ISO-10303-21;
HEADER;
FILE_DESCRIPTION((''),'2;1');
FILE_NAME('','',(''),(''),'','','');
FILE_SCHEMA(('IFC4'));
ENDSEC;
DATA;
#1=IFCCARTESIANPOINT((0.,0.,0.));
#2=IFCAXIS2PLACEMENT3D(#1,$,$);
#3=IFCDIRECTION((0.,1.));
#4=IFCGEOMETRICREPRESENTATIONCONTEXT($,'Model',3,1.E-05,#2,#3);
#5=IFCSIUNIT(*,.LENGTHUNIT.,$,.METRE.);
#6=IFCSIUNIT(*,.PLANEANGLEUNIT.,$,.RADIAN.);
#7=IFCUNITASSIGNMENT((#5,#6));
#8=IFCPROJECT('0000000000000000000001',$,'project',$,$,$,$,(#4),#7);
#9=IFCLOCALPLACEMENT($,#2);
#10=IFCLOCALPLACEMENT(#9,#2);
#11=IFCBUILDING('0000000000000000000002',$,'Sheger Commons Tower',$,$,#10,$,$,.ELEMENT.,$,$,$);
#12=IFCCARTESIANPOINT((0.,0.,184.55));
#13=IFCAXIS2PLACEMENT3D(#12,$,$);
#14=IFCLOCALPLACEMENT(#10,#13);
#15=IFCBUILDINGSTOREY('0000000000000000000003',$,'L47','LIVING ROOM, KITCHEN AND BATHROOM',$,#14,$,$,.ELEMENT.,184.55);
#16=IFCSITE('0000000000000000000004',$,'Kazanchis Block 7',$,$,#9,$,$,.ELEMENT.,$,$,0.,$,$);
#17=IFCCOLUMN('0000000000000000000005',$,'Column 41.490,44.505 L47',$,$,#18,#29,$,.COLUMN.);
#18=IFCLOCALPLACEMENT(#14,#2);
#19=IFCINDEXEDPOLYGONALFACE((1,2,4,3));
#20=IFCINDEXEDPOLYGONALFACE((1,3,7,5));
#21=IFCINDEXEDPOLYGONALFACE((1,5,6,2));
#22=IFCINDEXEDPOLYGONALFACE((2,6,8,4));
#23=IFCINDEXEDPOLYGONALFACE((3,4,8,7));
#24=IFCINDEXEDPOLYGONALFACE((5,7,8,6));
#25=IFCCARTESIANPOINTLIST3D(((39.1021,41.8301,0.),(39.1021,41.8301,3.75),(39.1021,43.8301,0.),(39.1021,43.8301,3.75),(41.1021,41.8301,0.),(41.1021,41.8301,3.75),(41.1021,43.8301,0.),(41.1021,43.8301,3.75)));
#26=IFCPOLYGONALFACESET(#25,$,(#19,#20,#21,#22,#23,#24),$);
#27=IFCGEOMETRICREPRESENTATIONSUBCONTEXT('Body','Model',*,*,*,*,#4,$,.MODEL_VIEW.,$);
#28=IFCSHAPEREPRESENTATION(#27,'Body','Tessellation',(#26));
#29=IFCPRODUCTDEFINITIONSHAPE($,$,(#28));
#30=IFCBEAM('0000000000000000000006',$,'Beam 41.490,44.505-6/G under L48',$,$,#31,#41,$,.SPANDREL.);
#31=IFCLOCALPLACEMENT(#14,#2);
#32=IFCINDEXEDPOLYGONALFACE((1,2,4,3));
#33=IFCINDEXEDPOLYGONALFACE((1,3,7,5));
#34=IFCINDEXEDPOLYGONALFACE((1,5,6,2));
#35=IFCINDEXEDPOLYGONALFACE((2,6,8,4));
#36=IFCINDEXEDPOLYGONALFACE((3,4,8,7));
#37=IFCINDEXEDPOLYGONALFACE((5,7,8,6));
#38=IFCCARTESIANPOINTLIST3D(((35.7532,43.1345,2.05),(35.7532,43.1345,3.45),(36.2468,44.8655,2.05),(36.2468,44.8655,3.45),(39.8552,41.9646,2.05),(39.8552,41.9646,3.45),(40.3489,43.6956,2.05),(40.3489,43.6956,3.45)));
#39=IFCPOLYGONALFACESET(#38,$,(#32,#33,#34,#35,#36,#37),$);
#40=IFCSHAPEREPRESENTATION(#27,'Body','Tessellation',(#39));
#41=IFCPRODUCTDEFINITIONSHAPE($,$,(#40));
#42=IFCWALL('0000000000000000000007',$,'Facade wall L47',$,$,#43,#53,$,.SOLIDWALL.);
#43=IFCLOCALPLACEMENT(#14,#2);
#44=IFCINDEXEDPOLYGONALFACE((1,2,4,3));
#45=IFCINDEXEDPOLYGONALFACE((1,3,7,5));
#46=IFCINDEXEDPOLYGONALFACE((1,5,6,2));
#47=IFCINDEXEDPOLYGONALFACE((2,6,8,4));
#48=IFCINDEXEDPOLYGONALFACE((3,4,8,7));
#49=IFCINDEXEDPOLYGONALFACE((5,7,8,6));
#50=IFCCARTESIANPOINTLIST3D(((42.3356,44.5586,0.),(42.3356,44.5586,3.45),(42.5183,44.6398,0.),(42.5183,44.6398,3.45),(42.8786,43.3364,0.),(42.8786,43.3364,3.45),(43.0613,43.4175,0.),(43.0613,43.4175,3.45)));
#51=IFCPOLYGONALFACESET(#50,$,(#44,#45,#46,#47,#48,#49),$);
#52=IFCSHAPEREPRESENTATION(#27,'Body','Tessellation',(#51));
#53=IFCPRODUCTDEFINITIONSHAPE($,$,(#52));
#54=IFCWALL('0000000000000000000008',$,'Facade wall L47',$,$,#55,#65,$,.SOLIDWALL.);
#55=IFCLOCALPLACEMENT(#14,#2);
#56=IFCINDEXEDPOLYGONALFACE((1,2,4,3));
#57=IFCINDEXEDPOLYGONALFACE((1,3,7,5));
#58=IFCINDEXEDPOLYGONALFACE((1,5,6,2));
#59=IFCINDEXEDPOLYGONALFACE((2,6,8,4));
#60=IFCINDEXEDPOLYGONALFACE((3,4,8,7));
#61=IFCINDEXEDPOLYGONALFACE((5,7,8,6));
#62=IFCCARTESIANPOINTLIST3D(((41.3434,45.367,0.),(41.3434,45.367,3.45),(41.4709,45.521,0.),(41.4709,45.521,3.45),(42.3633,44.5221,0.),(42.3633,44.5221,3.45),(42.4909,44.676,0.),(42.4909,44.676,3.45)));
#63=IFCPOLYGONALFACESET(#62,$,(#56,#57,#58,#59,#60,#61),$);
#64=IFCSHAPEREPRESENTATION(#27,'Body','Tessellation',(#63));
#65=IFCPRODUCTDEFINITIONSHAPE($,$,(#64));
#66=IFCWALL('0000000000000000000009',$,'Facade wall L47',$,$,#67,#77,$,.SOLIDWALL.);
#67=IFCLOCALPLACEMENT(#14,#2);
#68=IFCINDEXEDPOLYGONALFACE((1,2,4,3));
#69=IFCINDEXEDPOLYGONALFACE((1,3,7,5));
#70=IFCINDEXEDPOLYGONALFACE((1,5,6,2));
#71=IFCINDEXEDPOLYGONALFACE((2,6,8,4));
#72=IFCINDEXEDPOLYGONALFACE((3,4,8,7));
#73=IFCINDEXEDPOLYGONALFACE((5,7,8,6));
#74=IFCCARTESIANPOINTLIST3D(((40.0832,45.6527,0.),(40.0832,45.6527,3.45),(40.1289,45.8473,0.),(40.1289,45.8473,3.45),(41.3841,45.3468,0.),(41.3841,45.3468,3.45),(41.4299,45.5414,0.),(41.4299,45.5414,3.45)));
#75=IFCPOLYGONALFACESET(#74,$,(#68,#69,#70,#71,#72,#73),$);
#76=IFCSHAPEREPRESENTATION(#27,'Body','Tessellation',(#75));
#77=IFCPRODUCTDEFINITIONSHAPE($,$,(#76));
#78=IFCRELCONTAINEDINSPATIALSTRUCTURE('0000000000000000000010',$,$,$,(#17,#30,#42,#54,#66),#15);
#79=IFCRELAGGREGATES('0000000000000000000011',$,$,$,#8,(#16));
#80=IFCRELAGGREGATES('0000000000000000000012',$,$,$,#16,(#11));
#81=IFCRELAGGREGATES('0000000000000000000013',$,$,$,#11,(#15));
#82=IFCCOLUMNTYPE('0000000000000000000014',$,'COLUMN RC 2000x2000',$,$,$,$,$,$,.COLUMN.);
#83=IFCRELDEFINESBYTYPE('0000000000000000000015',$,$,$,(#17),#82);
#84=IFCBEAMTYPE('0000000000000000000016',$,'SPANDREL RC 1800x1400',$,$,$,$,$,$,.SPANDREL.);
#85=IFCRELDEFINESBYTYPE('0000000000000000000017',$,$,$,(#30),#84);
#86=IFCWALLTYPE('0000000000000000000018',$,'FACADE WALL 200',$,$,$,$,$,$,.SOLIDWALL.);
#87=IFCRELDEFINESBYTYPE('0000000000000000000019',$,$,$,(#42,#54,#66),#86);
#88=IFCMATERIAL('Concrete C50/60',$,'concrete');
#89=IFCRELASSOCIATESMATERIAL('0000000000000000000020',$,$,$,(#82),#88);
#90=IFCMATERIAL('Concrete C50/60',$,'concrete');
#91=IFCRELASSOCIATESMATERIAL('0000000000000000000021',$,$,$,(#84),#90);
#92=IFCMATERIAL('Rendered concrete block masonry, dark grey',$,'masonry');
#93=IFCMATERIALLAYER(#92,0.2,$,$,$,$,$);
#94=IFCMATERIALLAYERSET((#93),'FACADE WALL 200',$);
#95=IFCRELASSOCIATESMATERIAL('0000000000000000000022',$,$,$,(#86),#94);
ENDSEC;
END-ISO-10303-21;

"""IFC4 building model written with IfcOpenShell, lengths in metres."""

from ifc_helpers import new_model, si_unit, direction, frame, frame_2d, origin, origin_2d, place, context, subcontext, project, spatial, rectangle, extrude, material, layer, layer_set, material_profile, profile_set, type_object, element, save


model = new_model("IFC4")

# Units and contexts
model_context = context("Model", 3, precision=1e-05, world=origin(), true_north=direction((0.0, 1.0)))
body_context = subcontext(model_context, "Body", "Model", "MODEL_VIEW")
ifc_project = project(units=[si_unit("LENGTHUNIT", "METRE"), si_unit("PLANEANGLEUNIT", "RADIAN")], contexts=[model_context])

# Site, building, storey
site_placement = place(None, origin())
site = spatial("IfcSite", under=ifc_project, at=site_placement, Name="Kazanchis Block 7", CompositionType="ELEMENT", RefElevation=0.0)
building_placement = place(site_placement, origin())
building = spatial("IfcBuilding", under=site, at=building_placement, Name="Sheger Commons Tower", CompositionType="ELEMENT")
storey_placement = place(building_placement, frame((0.0, 0.0, 184.55)))
storey = spatial("IfcBuildingStorey", under=building, at=storey_placement, Name="L47", Description="LIVING ROOM, KITCHEN AND BATHROOM", CompositionType="ELEMENT", Elevation=184.55)

# Column
ifc_material_1 = material(Name="Concrete C50/60", Category="concrete")
ifc_material_profile_1 = material_profile(ifc_material_1, rectangle(XDim=2.0, YDim=2.0, at=origin_2d()), Name="RC 2000x2000")
ifc_profile_set_1 = profile_set([ifc_material_profile_1], Name="Concrete C50/60")
column_type = type_object("IfcColumnType", Name="COLUMN RC 2000x2000", PredefinedType="COLUMN", material=ifc_profile_set_1)
column_placement = place(storey_placement, frame((40.1021, 42.8301, 0.0), z_axis=(0.0, 0.0, 1.0), x_axis=(1.0, 0.0, 0.0)))
element("IfcColumn", 1, at=column_placement, inside=storey, type_object=column_type, Name="Column 41.490,44.505 L47", PredefinedType="COLUMN", context=body_context, shape_type="SweptSolid", body=[
    extrude(rectangle(XDim=2.0, YDim=2.0, at=origin_2d()), origin(), (0.0, 0.0, 1.0), 3.75),
])

# Beam
ifc_material_2 = material(Name="Concrete C50/60", Category="concrete")
ifc_material_profile_2 = material_profile(ifc_material_2, rectangle(XDim=1.8, YDim=1.3999, at=origin_2d()), Name="RC 1800x1400")
ifc_profile_set_2 = profile_set([ifc_material_profile_2], Name="Concrete C50/60")
beam_type = type_object("IfcBeamType", Name="SPANDREL RC 1800x1400", PredefinedType="SPANDREL", material=ifc_profile_set_2)
beam_placement = place(storey_placement, frame((40.1021, 42.8301, 2.75), z_axis=(-0.961653, 0.274268, 0.0), x_axis=(-0.274268, -0.961653, 0.0)))
element("IfcBeam", 2, at=beam_placement, inside=storey, type_object=beam_type, Name="Beam 41.490,44.505-6/G under L48", PredefinedType="SPANDREL", context=body_context, shape_type="SweptSolid", body=[
    extrude(rectangle(XDim=1.8, YDim=1.3999, at=origin_2d()), origin(), (0.0, 0.0, 1.0), 4.2656),
])

# Walls
ifc_material_3 = material(Name="Rendered concrete block masonry, dark grey", Category="masonry")
ifc_layer_1 = layer(ifc_material_3, 0.2)
ifc_layer_set_1 = layer_set([ifc_layer_1], Name="FACADE WALL 200")
wall_type_1 = type_object("IfcWallType", Name="FACADE WALL 200", PredefinedType="SOLIDWALL", material=ifc_layer_set_1)
wall_1_placement = place(storey_placement, frame((42.97, 43.377, 0.0), z_axis=(0.0, 0.0, 1.0), x_axis=(-0.406003, 0.913872, 0.0)))
element("IfcWall", 3, at=wall_1_placement, inside=storey, type_object=wall_type_1, Name="Facade wall L47", PredefinedType="SOLIDWALL", context=body_context, shape_type="SweptSolid", body=[
    extrude(rectangle(XDim=1.3374, YDim=0.2, at=frame_2d((0.6687, 0.0))), origin(), (0.0, 0.0, 1.0), 3.45),
])
wall_2_placement = place(storey_placement, frame((42.427, 44.5991, 0.0), z_axis=(0.0, 0.0, 1.0), x_axis=(-0.770091, 0.637934, 0.0)))
element("IfcWall", 4, at=wall_2_placement, inside=storey, type_object=wall_type_1, Name="Facade wall L47", PredefinedType="SOLIDWALL", context=body_context, shape_type="SweptSolid", body=[
    extrude(rectangle(XDim=1.3245, YDim=0.2, at=frame_2d((0.6621, 0.0))), origin(), (0.0, 0.0, 1.0), 3.45),
])
wall_3_placement = place(storey_placement, frame((41.407, 45.4441, 0.0), z_axis=(0.0, 0.0, 1.0), x_axis=(-0.973453, 0.228887, 0.0)))
element("IfcWall", 5, at=wall_3_placement, inside=storey, type_object=wall_type_1, Name="Facade wall L47", PredefinedType="SOLIDWALL", context=body_context, shape_type="SweptSolid", body=[
    extrude(rectangle(XDim=1.3364, YDim=0.2, at=frame_2d((0.6682, 0.0))), origin(), (0.0, 0.0, 1.0), 3.45),
])

save(model, "model.ifc")
